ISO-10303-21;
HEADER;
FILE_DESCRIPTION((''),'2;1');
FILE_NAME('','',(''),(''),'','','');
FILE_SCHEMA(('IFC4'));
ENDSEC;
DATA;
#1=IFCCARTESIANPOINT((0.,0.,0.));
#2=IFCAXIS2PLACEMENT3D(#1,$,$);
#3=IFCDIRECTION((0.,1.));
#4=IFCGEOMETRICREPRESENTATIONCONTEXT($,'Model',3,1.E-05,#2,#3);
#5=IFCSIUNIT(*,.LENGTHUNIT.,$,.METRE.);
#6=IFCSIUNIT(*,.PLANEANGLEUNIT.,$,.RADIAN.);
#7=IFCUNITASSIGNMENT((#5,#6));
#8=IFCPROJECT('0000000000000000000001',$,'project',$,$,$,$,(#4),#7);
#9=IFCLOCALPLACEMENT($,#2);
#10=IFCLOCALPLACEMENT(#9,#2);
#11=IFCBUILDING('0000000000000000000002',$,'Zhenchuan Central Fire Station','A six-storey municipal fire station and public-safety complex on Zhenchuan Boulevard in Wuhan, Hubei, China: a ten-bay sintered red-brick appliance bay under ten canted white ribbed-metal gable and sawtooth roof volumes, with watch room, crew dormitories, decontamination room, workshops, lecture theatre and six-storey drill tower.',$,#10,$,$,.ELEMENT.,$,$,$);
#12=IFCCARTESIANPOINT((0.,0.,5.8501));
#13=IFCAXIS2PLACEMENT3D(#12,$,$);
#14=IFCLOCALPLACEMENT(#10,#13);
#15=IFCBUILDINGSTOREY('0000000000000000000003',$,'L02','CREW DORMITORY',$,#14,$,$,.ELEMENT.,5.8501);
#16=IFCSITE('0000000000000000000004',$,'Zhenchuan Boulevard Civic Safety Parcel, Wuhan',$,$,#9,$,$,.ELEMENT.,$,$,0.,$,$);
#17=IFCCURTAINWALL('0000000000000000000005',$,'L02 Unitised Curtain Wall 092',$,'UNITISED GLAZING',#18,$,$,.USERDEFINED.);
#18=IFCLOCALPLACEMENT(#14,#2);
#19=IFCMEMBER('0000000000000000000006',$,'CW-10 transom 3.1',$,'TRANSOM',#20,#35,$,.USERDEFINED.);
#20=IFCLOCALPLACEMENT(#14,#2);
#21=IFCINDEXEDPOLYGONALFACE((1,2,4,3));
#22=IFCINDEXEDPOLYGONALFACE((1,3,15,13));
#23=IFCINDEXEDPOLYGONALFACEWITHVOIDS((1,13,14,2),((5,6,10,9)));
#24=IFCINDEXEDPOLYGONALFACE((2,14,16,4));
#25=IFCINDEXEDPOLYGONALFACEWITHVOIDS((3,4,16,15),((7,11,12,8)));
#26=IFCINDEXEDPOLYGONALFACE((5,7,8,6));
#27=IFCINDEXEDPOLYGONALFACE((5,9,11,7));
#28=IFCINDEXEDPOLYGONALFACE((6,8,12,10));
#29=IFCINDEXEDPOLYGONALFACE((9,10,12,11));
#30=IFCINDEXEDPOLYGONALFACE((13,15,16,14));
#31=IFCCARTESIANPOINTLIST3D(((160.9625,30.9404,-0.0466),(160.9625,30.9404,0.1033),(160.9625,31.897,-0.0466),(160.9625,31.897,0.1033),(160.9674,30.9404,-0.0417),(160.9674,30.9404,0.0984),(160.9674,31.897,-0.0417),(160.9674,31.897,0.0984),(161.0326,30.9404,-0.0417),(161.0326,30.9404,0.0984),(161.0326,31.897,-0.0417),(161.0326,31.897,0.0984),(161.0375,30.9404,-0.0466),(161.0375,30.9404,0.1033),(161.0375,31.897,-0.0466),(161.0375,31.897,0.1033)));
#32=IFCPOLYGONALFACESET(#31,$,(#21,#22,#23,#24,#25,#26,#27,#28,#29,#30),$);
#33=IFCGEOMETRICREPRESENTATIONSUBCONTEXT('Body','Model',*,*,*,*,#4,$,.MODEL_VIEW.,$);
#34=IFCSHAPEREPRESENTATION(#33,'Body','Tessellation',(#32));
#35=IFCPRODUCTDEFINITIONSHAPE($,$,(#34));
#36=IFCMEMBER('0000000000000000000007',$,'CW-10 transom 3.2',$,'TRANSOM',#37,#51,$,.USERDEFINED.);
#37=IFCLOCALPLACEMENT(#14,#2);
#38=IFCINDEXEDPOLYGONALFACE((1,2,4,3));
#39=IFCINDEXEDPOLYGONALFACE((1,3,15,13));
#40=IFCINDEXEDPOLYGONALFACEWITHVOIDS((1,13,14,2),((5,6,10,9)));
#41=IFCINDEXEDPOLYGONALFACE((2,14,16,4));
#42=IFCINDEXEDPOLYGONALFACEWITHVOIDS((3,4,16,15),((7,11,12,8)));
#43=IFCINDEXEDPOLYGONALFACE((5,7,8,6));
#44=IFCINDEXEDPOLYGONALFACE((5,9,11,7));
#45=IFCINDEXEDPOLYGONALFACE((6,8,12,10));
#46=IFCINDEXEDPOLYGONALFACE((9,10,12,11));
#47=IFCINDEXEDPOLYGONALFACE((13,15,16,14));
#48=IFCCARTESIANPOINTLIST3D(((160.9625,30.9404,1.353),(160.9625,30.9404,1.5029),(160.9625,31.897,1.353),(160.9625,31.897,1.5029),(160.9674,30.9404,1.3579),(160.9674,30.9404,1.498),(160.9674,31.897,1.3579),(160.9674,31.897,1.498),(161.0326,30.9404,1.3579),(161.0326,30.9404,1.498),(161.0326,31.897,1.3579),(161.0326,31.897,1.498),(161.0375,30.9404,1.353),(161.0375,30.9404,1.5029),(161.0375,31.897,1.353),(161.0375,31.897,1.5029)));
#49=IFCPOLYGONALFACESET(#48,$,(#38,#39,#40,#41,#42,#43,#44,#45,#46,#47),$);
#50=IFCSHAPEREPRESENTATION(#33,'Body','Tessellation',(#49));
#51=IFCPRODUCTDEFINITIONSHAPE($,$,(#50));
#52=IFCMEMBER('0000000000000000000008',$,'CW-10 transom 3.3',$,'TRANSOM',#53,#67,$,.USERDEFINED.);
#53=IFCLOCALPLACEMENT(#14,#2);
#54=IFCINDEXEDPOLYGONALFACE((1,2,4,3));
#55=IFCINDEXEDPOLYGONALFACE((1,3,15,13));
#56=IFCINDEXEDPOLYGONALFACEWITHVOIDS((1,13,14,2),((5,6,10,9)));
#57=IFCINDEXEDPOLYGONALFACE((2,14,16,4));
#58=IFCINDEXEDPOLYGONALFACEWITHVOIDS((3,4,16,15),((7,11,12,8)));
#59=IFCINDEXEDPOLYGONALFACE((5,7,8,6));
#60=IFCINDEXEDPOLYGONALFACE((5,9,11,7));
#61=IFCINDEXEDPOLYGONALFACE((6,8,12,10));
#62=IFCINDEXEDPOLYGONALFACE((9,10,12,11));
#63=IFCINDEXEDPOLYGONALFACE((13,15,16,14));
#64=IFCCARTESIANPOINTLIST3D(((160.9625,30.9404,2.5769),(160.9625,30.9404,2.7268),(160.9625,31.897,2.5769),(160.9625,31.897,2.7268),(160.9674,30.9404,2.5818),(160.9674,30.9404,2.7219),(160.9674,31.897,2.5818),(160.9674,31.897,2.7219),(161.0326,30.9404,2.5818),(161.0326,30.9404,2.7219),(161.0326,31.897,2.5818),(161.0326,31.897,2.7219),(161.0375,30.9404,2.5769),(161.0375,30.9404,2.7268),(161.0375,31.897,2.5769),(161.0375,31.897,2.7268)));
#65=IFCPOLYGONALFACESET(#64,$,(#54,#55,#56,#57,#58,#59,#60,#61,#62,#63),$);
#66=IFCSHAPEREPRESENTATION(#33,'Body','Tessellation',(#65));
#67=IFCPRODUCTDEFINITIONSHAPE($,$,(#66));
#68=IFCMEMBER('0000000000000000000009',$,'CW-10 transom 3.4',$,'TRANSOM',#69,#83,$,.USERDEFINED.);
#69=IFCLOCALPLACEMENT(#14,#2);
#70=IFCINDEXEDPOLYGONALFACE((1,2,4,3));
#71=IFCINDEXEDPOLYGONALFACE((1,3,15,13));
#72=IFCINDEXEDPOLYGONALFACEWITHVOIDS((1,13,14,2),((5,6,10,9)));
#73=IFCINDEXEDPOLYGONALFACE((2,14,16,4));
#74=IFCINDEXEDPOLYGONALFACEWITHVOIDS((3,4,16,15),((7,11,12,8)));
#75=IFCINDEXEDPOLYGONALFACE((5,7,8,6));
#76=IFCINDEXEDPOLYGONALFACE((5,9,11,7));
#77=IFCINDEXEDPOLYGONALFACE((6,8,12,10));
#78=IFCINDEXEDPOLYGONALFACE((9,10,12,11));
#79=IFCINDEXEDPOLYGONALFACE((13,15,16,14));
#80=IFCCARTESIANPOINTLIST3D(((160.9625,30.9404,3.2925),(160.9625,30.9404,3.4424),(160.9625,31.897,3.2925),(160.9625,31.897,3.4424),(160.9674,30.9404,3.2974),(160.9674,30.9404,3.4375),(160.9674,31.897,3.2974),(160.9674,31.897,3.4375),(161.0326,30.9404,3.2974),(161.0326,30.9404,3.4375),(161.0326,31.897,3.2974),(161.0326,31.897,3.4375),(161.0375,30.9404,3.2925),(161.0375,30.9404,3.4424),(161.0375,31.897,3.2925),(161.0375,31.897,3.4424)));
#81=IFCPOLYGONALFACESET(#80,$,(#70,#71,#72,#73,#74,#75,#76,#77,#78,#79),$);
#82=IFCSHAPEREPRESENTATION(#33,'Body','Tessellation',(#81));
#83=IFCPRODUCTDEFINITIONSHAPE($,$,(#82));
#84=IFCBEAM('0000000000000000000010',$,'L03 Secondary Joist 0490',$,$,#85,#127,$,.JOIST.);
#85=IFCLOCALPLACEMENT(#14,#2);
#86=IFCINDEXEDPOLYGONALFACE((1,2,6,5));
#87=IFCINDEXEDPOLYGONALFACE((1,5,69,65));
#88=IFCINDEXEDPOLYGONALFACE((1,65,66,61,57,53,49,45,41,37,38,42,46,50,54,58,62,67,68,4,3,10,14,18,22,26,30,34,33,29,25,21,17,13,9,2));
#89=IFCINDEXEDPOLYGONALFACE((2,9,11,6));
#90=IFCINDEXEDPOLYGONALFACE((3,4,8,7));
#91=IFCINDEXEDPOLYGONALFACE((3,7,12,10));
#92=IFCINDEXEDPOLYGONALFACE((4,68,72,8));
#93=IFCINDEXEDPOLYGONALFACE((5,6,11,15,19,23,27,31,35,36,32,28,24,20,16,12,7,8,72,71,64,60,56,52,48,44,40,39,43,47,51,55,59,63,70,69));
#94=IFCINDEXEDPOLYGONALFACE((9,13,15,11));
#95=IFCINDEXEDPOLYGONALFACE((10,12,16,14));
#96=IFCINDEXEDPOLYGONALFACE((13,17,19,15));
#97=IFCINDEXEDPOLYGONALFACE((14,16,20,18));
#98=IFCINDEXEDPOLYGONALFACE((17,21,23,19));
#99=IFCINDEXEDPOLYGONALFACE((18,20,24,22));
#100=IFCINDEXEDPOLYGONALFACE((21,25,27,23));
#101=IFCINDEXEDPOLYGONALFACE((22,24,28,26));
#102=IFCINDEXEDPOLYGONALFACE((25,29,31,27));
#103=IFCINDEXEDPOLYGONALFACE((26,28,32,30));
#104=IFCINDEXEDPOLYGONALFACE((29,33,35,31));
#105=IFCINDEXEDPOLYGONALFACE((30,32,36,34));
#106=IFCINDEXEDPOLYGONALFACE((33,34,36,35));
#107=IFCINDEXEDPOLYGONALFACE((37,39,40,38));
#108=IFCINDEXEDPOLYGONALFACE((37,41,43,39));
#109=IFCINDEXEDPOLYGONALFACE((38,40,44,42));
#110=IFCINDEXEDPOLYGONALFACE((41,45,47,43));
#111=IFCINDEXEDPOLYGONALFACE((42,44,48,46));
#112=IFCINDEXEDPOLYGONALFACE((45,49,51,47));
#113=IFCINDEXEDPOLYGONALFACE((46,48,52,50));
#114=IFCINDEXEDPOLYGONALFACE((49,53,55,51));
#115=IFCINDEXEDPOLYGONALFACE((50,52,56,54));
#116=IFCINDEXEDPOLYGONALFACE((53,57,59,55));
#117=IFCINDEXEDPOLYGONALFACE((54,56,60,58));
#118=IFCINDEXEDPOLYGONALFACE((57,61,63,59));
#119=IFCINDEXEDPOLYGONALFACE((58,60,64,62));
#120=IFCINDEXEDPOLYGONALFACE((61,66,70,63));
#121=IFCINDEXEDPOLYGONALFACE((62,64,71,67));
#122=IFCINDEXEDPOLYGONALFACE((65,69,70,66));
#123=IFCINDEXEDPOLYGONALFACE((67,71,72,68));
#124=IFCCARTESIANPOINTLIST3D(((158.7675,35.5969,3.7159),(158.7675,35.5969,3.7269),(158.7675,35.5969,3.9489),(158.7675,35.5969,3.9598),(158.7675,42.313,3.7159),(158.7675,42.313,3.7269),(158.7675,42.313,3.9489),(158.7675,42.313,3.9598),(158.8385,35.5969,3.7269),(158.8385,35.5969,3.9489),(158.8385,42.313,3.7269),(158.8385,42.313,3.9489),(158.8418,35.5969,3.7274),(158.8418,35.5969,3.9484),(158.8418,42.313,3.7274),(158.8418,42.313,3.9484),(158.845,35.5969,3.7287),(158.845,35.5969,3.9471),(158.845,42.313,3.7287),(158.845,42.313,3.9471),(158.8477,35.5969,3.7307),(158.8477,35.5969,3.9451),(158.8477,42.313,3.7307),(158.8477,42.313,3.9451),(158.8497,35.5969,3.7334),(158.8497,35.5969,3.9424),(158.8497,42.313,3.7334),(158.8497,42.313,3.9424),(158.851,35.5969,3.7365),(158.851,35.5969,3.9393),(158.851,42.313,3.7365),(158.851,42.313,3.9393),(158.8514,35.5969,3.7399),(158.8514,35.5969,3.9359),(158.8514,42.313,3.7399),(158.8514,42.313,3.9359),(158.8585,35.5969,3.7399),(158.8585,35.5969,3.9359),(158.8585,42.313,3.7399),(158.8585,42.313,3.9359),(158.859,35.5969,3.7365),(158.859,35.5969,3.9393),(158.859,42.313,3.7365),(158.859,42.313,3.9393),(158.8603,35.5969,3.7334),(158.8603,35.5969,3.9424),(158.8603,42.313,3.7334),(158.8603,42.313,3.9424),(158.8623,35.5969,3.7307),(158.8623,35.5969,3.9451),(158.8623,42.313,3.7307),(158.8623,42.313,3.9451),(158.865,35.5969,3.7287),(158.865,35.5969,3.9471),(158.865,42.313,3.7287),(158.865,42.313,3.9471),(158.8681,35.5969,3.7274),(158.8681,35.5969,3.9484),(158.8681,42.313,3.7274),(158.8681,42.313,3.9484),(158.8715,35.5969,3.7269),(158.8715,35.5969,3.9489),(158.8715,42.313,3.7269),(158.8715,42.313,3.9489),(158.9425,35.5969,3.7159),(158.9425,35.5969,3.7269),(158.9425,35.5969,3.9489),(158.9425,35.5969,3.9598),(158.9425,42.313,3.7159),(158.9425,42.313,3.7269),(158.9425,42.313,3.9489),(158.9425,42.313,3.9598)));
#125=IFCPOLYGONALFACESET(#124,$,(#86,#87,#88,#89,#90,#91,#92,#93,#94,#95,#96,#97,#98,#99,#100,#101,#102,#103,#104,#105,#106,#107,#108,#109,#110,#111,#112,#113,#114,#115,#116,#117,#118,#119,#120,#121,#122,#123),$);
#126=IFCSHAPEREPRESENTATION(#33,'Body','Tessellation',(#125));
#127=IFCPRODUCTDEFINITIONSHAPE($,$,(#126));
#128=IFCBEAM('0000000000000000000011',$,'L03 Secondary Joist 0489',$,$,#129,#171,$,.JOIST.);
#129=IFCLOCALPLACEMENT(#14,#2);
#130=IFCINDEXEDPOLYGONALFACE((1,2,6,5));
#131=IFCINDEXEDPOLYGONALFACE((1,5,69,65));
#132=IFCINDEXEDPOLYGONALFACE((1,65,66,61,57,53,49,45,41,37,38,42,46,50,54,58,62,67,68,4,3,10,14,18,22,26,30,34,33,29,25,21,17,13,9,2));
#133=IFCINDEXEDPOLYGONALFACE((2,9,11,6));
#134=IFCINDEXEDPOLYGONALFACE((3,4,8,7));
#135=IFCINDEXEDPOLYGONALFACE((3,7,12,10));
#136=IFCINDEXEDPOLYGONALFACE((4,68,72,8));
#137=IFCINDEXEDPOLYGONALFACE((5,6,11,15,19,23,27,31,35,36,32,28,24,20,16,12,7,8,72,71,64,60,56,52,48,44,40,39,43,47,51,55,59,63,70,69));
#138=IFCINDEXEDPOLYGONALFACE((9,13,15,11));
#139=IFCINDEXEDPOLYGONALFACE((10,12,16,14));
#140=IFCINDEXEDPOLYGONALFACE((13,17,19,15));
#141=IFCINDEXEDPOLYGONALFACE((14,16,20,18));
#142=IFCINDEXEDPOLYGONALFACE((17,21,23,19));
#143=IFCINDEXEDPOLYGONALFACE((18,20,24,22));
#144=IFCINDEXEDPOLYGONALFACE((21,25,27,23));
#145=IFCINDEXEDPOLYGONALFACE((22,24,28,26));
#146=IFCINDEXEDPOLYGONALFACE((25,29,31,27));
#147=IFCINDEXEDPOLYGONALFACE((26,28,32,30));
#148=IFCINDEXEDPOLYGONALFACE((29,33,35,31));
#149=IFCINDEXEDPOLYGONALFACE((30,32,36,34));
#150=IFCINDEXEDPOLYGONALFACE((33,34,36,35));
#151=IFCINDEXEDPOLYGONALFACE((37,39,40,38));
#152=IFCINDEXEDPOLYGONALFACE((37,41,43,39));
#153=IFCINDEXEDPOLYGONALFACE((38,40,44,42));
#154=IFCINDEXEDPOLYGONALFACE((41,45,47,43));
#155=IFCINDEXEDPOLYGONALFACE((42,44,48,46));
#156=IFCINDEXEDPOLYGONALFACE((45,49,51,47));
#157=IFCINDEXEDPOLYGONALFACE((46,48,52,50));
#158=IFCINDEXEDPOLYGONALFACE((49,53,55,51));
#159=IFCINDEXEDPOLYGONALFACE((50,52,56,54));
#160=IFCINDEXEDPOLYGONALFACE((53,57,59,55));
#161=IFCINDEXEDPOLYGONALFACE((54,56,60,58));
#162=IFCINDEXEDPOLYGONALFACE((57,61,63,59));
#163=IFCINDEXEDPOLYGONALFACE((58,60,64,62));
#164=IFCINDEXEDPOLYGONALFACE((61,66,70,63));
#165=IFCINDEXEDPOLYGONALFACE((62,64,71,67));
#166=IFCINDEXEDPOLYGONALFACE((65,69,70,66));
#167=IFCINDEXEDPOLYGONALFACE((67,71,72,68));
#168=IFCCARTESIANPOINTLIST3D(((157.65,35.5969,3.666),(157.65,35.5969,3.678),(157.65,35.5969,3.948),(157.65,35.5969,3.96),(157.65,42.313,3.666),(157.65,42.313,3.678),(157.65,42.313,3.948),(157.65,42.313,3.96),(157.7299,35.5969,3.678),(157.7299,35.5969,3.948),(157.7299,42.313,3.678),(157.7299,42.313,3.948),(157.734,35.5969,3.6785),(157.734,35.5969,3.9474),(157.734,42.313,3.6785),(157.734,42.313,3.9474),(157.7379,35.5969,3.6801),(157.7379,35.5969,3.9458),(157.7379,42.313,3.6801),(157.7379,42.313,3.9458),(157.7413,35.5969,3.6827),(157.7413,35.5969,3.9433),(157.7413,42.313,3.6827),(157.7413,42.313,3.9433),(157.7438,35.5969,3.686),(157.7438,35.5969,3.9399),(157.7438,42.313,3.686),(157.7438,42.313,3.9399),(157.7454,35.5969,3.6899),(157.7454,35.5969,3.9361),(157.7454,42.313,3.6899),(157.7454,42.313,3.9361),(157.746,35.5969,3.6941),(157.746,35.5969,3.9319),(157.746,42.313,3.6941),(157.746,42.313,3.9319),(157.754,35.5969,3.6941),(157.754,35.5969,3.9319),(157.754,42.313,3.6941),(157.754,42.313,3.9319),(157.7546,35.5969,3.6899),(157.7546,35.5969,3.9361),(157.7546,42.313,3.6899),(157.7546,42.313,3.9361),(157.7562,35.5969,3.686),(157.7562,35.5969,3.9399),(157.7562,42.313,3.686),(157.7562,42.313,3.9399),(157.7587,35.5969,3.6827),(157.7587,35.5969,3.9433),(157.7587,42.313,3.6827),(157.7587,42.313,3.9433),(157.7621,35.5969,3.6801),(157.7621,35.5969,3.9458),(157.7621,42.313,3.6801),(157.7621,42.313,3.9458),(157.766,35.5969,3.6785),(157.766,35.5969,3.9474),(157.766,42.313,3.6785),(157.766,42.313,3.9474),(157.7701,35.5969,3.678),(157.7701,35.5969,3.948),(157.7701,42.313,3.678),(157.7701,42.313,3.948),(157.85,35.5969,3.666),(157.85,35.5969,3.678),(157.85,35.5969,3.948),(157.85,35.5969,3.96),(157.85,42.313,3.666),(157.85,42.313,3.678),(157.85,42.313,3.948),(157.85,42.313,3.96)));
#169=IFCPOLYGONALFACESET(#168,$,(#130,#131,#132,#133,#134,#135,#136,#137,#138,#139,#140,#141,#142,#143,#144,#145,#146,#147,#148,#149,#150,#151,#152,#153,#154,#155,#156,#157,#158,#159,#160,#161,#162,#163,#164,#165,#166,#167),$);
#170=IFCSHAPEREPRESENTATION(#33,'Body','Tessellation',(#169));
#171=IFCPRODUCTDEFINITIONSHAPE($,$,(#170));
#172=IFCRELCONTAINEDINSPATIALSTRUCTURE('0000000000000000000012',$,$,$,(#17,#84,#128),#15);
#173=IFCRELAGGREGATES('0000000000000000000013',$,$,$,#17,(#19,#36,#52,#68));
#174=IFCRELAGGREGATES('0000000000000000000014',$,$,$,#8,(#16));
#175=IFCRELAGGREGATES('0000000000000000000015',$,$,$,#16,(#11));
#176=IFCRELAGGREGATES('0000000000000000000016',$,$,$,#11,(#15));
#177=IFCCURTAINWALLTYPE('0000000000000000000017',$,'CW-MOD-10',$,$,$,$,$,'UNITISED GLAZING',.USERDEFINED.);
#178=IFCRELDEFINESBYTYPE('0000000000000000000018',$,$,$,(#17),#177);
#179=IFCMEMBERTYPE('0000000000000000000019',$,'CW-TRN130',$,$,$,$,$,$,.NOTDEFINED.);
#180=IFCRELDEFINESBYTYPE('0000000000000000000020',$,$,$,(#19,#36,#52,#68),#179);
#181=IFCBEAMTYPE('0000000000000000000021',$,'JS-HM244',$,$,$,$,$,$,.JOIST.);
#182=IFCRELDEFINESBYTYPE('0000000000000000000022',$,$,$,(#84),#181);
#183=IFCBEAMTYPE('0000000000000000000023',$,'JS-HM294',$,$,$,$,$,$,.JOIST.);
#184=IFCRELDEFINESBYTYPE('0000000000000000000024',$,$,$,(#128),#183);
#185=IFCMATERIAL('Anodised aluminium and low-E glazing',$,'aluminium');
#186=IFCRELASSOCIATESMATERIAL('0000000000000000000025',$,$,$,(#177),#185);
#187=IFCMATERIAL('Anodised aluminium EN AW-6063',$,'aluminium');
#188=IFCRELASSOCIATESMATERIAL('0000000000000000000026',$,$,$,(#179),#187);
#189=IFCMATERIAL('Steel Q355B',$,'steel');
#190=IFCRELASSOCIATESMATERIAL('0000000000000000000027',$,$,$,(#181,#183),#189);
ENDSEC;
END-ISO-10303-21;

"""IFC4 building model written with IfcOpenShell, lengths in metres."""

from ifc_helpers import new_model, si_unit, direction, frame, origin, origin_2d, place, context, subcontext, project, spatial, hollow_rectangle, i_section, extrude, material, material_profile, profile_set, type_object, element, aggregate, save


model = new_model("IFC4")

# Units and contexts
model_context = context("Model", 3, precision=1e-05, world=origin(), true_north=direction((0.0, 1.0)))
body_context = subcontext(model_context, "Body", "Model", "MODEL_VIEW")
ifc_project = project(units=[si_unit("LENGTHUNIT", "METRE"), si_unit("PLANEANGLEUNIT", "RADIAN")], contexts=[model_context])

# Site, building, storey
site_placement = place(None, origin())
site = spatial("IfcSite", under=ifc_project, at=site_placement, Name="Zhenchuan Boulevard Civic Safety Parcel, Wuhan", CompositionType="ELEMENT", RefElevation=0.0)
building_placement = place(site_placement, origin())
building = spatial("IfcBuilding", under=site, at=building_placement, Name="Zhenchuan Central Fire Station", Description="A six-storey municipal fire station and public-safety complex on Zhenchuan Boulevard in Wuhan, Hubei, China: a ten-bay sintered red-brick appliance bay under ten canted white ribbed-metal gable and sawtooth roof volumes, with watch room, crew dormitories, decontamination room, workshops, lecture theatre and six-storey drill tower.", CompositionType="ELEMENT")
storey_placement = place(building_placement, frame((0.0, 0.0, 5.8501)))
storey = spatial("IfcBuildingStorey", under=building, at=storey_placement, Name="L02", Description="CREW DORMITORY", CompositionType="ELEMENT", Elevation=5.8501)

# Curtain wall, members
ifc_material_1 = material(Name="Anodised aluminium and low-E glazing", Category="aluminium")
curtain_wall_type = type_object("IfcCurtainWallType", Name="CW-MOD-10", ElementType="UNITISED GLAZING", PredefinedType="USERDEFINED", material=ifc_material_1)
curtain_wall_placement = place(storey_placement, origin())
curtain_wall = element("IfcCurtainWall", 1, at=curtain_wall_placement, inside=storey, type_object=curtain_wall_type, Name="L02 Unitised Curtain Wall 092", ObjectType="UNITISED GLAZING", PredefinedType="USERDEFINED")
ifc_material_2 = material(Name="Anodised aluminium EN AW-6063", Category="aluminium")
ifc_material_profile_1 = material_profile(ifc_material_2, hollow_rectangle(XDim=0.075, YDim=0.1499, WallThickness=0.0049, at=origin_2d()), Name="ALU-T 150x75")
ifc_profile_set_1 = profile_set([ifc_material_profile_1], Name="Anodised aluminium EN AW-6063")
member_type_1 = type_object("IfcMemberType", Name="CW-TRN130", PredefinedType="NOTDEFINED", material=ifc_profile_set_1)
member_1_placement = place(storey_placement, frame((161.0, 30.9404, 0.0283), z_axis=(0.0, 1.0, 0.0), x_axis=(-1.0, 0.0, 0.0)))
member_1 = element("IfcMember", 2, at=member_1_placement, type_object=member_type_1, Name="CW-10 transom 3.1", ObjectType="TRANSOM", PredefinedType="USERDEFINED", context=body_context, shape_type="SweptSolid", body=[
    extrude(hollow_rectangle(XDim=0.075, YDim=0.1499, WallThickness=0.0049, at=origin_2d()), origin(), (0.0, 0.0, 1.0), 0.9565),
])
member_2_placement = place(storey_placement, frame((161.0, 30.9404, 1.428), z_axis=(0.0, 1.0, 0.0), x_axis=(-1.0, 0.0, 0.0)))
member_2 = element("IfcMember", 3, at=member_2_placement, type_object=member_type_1, Name="CW-10 transom 3.2", ObjectType="TRANSOM", PredefinedType="USERDEFINED", context=body_context, shape_type="SweptSolid", body=[
    extrude(hollow_rectangle(XDim=0.075, YDim=0.1499, WallThickness=0.0049, at=origin_2d()), origin(), (0.0, 0.0, 1.0), 0.9565),
])
member_3_placement = place(storey_placement, frame((161.0, 30.9404, 2.6519), z_axis=(0.0, 1.0, 0.0), x_axis=(-1.0, 0.0, 0.0)))
member_3 = element("IfcMember", 4, at=member_3_placement, type_object=member_type_1, Name="CW-10 transom 3.3", ObjectType="TRANSOM", PredefinedType="USERDEFINED", context=body_context, shape_type="SweptSolid", body=[
    extrude(hollow_rectangle(XDim=0.075, YDim=0.1499, WallThickness=0.0049, at=origin_2d()), origin(), (0.0, 0.0, 1.0), 0.9565),
])
member_4_placement = place(storey_placement, frame((161.0, 30.9404, 3.3674), z_axis=(0.0, 1.0, 0.0), x_axis=(-1.0, 0.0, 0.0)))
member_4 = element("IfcMember", 5, at=member_4_placement, type_object=member_type_1, Name="CW-10 transom 3.4", ObjectType="TRANSOM", PredefinedType="USERDEFINED", context=body_context, shape_type="SweptSolid", body=[
    extrude(hollow_rectangle(XDim=0.075, YDim=0.1499, WallThickness=0.0049, at=origin_2d()), origin(), (0.0, 0.0, 1.0), 0.9565),
])

# Beams
ifc_material_3 = material(Name="Steel Q355B", Category="steel")
ifc_material_profile_2 = material_profile(ifc_material_3, i_section(OverallWidth=0.175, OverallDepth=0.2439, WebThickness=0.0071, FlangeThickness=0.011, FilletRadius=0.0129, at=origin_2d()), Name="HM 244x175")
ifc_profile_set_2 = profile_set([ifc_material_profile_2], Name="Steel Q355B")
beam_type_1 = type_object("IfcBeamType", Name="JS-HM244", PredefinedType="JOIST", material=ifc_profile_set_2)
beam_1_placement = place(storey_placement, frame((158.855, 35.5969, 3.8379), z_axis=(0.0, 1.0, 0.0), x_axis=(-1.0, 0.0, 0.0)))
element("IfcBeam", 6, at=beam_1_placement, inside=storey, type_object=beam_type_1, Name="L03 Secondary Joist 0490", PredefinedType="JOIST", context=body_context, shape_type="SweptSolid", body=[
    extrude(i_section(OverallWidth=0.175, OverallDepth=0.2439, WebThickness=0.0071, FlangeThickness=0.011, FilletRadius=0.0129, at=origin_2d()), origin(), (0.0, 0.0, 1.0), 6.7161),
])
ifc_material_profile_3 = material_profile(ifc_material_3, i_section(OverallWidth=0.2, OverallDepth=0.2939, WebThickness=0.0081, FlangeThickness=0.012, FilletRadius=0.0161, at=origin_2d()), Name="HM 294x200")
ifc_profile_set_3 = profile_set([ifc_material_profile_3], Name="Steel Q355B")
beam_type_2 = type_object("IfcBeamType", Name="JS-HM294", PredefinedType="JOIST", material=ifc_profile_set_3)
beam_2_placement = place(storey_placement, frame((157.75, 35.5969, 3.813), z_axis=(0.0, 1.0, 0.0), x_axis=(-1.0, 0.0, 0.0)))
element("IfcBeam", 7, at=beam_2_placement, inside=storey, type_object=beam_type_2, Name="L03 Secondary Joist 0489", PredefinedType="JOIST", context=body_context, shape_type="SweptSolid", body=[
    extrude(i_section(OverallWidth=0.2, OverallDepth=0.2939, WebThickness=0.0081, FlangeThickness=0.012, FilletRadius=0.0161, at=origin_2d()), origin(), (0.0, 0.0, 1.0), 6.7161),
])

aggregate(curtain_wall, [member_1, member_2, member_3, member_4])

save(model, "model.ifc")
